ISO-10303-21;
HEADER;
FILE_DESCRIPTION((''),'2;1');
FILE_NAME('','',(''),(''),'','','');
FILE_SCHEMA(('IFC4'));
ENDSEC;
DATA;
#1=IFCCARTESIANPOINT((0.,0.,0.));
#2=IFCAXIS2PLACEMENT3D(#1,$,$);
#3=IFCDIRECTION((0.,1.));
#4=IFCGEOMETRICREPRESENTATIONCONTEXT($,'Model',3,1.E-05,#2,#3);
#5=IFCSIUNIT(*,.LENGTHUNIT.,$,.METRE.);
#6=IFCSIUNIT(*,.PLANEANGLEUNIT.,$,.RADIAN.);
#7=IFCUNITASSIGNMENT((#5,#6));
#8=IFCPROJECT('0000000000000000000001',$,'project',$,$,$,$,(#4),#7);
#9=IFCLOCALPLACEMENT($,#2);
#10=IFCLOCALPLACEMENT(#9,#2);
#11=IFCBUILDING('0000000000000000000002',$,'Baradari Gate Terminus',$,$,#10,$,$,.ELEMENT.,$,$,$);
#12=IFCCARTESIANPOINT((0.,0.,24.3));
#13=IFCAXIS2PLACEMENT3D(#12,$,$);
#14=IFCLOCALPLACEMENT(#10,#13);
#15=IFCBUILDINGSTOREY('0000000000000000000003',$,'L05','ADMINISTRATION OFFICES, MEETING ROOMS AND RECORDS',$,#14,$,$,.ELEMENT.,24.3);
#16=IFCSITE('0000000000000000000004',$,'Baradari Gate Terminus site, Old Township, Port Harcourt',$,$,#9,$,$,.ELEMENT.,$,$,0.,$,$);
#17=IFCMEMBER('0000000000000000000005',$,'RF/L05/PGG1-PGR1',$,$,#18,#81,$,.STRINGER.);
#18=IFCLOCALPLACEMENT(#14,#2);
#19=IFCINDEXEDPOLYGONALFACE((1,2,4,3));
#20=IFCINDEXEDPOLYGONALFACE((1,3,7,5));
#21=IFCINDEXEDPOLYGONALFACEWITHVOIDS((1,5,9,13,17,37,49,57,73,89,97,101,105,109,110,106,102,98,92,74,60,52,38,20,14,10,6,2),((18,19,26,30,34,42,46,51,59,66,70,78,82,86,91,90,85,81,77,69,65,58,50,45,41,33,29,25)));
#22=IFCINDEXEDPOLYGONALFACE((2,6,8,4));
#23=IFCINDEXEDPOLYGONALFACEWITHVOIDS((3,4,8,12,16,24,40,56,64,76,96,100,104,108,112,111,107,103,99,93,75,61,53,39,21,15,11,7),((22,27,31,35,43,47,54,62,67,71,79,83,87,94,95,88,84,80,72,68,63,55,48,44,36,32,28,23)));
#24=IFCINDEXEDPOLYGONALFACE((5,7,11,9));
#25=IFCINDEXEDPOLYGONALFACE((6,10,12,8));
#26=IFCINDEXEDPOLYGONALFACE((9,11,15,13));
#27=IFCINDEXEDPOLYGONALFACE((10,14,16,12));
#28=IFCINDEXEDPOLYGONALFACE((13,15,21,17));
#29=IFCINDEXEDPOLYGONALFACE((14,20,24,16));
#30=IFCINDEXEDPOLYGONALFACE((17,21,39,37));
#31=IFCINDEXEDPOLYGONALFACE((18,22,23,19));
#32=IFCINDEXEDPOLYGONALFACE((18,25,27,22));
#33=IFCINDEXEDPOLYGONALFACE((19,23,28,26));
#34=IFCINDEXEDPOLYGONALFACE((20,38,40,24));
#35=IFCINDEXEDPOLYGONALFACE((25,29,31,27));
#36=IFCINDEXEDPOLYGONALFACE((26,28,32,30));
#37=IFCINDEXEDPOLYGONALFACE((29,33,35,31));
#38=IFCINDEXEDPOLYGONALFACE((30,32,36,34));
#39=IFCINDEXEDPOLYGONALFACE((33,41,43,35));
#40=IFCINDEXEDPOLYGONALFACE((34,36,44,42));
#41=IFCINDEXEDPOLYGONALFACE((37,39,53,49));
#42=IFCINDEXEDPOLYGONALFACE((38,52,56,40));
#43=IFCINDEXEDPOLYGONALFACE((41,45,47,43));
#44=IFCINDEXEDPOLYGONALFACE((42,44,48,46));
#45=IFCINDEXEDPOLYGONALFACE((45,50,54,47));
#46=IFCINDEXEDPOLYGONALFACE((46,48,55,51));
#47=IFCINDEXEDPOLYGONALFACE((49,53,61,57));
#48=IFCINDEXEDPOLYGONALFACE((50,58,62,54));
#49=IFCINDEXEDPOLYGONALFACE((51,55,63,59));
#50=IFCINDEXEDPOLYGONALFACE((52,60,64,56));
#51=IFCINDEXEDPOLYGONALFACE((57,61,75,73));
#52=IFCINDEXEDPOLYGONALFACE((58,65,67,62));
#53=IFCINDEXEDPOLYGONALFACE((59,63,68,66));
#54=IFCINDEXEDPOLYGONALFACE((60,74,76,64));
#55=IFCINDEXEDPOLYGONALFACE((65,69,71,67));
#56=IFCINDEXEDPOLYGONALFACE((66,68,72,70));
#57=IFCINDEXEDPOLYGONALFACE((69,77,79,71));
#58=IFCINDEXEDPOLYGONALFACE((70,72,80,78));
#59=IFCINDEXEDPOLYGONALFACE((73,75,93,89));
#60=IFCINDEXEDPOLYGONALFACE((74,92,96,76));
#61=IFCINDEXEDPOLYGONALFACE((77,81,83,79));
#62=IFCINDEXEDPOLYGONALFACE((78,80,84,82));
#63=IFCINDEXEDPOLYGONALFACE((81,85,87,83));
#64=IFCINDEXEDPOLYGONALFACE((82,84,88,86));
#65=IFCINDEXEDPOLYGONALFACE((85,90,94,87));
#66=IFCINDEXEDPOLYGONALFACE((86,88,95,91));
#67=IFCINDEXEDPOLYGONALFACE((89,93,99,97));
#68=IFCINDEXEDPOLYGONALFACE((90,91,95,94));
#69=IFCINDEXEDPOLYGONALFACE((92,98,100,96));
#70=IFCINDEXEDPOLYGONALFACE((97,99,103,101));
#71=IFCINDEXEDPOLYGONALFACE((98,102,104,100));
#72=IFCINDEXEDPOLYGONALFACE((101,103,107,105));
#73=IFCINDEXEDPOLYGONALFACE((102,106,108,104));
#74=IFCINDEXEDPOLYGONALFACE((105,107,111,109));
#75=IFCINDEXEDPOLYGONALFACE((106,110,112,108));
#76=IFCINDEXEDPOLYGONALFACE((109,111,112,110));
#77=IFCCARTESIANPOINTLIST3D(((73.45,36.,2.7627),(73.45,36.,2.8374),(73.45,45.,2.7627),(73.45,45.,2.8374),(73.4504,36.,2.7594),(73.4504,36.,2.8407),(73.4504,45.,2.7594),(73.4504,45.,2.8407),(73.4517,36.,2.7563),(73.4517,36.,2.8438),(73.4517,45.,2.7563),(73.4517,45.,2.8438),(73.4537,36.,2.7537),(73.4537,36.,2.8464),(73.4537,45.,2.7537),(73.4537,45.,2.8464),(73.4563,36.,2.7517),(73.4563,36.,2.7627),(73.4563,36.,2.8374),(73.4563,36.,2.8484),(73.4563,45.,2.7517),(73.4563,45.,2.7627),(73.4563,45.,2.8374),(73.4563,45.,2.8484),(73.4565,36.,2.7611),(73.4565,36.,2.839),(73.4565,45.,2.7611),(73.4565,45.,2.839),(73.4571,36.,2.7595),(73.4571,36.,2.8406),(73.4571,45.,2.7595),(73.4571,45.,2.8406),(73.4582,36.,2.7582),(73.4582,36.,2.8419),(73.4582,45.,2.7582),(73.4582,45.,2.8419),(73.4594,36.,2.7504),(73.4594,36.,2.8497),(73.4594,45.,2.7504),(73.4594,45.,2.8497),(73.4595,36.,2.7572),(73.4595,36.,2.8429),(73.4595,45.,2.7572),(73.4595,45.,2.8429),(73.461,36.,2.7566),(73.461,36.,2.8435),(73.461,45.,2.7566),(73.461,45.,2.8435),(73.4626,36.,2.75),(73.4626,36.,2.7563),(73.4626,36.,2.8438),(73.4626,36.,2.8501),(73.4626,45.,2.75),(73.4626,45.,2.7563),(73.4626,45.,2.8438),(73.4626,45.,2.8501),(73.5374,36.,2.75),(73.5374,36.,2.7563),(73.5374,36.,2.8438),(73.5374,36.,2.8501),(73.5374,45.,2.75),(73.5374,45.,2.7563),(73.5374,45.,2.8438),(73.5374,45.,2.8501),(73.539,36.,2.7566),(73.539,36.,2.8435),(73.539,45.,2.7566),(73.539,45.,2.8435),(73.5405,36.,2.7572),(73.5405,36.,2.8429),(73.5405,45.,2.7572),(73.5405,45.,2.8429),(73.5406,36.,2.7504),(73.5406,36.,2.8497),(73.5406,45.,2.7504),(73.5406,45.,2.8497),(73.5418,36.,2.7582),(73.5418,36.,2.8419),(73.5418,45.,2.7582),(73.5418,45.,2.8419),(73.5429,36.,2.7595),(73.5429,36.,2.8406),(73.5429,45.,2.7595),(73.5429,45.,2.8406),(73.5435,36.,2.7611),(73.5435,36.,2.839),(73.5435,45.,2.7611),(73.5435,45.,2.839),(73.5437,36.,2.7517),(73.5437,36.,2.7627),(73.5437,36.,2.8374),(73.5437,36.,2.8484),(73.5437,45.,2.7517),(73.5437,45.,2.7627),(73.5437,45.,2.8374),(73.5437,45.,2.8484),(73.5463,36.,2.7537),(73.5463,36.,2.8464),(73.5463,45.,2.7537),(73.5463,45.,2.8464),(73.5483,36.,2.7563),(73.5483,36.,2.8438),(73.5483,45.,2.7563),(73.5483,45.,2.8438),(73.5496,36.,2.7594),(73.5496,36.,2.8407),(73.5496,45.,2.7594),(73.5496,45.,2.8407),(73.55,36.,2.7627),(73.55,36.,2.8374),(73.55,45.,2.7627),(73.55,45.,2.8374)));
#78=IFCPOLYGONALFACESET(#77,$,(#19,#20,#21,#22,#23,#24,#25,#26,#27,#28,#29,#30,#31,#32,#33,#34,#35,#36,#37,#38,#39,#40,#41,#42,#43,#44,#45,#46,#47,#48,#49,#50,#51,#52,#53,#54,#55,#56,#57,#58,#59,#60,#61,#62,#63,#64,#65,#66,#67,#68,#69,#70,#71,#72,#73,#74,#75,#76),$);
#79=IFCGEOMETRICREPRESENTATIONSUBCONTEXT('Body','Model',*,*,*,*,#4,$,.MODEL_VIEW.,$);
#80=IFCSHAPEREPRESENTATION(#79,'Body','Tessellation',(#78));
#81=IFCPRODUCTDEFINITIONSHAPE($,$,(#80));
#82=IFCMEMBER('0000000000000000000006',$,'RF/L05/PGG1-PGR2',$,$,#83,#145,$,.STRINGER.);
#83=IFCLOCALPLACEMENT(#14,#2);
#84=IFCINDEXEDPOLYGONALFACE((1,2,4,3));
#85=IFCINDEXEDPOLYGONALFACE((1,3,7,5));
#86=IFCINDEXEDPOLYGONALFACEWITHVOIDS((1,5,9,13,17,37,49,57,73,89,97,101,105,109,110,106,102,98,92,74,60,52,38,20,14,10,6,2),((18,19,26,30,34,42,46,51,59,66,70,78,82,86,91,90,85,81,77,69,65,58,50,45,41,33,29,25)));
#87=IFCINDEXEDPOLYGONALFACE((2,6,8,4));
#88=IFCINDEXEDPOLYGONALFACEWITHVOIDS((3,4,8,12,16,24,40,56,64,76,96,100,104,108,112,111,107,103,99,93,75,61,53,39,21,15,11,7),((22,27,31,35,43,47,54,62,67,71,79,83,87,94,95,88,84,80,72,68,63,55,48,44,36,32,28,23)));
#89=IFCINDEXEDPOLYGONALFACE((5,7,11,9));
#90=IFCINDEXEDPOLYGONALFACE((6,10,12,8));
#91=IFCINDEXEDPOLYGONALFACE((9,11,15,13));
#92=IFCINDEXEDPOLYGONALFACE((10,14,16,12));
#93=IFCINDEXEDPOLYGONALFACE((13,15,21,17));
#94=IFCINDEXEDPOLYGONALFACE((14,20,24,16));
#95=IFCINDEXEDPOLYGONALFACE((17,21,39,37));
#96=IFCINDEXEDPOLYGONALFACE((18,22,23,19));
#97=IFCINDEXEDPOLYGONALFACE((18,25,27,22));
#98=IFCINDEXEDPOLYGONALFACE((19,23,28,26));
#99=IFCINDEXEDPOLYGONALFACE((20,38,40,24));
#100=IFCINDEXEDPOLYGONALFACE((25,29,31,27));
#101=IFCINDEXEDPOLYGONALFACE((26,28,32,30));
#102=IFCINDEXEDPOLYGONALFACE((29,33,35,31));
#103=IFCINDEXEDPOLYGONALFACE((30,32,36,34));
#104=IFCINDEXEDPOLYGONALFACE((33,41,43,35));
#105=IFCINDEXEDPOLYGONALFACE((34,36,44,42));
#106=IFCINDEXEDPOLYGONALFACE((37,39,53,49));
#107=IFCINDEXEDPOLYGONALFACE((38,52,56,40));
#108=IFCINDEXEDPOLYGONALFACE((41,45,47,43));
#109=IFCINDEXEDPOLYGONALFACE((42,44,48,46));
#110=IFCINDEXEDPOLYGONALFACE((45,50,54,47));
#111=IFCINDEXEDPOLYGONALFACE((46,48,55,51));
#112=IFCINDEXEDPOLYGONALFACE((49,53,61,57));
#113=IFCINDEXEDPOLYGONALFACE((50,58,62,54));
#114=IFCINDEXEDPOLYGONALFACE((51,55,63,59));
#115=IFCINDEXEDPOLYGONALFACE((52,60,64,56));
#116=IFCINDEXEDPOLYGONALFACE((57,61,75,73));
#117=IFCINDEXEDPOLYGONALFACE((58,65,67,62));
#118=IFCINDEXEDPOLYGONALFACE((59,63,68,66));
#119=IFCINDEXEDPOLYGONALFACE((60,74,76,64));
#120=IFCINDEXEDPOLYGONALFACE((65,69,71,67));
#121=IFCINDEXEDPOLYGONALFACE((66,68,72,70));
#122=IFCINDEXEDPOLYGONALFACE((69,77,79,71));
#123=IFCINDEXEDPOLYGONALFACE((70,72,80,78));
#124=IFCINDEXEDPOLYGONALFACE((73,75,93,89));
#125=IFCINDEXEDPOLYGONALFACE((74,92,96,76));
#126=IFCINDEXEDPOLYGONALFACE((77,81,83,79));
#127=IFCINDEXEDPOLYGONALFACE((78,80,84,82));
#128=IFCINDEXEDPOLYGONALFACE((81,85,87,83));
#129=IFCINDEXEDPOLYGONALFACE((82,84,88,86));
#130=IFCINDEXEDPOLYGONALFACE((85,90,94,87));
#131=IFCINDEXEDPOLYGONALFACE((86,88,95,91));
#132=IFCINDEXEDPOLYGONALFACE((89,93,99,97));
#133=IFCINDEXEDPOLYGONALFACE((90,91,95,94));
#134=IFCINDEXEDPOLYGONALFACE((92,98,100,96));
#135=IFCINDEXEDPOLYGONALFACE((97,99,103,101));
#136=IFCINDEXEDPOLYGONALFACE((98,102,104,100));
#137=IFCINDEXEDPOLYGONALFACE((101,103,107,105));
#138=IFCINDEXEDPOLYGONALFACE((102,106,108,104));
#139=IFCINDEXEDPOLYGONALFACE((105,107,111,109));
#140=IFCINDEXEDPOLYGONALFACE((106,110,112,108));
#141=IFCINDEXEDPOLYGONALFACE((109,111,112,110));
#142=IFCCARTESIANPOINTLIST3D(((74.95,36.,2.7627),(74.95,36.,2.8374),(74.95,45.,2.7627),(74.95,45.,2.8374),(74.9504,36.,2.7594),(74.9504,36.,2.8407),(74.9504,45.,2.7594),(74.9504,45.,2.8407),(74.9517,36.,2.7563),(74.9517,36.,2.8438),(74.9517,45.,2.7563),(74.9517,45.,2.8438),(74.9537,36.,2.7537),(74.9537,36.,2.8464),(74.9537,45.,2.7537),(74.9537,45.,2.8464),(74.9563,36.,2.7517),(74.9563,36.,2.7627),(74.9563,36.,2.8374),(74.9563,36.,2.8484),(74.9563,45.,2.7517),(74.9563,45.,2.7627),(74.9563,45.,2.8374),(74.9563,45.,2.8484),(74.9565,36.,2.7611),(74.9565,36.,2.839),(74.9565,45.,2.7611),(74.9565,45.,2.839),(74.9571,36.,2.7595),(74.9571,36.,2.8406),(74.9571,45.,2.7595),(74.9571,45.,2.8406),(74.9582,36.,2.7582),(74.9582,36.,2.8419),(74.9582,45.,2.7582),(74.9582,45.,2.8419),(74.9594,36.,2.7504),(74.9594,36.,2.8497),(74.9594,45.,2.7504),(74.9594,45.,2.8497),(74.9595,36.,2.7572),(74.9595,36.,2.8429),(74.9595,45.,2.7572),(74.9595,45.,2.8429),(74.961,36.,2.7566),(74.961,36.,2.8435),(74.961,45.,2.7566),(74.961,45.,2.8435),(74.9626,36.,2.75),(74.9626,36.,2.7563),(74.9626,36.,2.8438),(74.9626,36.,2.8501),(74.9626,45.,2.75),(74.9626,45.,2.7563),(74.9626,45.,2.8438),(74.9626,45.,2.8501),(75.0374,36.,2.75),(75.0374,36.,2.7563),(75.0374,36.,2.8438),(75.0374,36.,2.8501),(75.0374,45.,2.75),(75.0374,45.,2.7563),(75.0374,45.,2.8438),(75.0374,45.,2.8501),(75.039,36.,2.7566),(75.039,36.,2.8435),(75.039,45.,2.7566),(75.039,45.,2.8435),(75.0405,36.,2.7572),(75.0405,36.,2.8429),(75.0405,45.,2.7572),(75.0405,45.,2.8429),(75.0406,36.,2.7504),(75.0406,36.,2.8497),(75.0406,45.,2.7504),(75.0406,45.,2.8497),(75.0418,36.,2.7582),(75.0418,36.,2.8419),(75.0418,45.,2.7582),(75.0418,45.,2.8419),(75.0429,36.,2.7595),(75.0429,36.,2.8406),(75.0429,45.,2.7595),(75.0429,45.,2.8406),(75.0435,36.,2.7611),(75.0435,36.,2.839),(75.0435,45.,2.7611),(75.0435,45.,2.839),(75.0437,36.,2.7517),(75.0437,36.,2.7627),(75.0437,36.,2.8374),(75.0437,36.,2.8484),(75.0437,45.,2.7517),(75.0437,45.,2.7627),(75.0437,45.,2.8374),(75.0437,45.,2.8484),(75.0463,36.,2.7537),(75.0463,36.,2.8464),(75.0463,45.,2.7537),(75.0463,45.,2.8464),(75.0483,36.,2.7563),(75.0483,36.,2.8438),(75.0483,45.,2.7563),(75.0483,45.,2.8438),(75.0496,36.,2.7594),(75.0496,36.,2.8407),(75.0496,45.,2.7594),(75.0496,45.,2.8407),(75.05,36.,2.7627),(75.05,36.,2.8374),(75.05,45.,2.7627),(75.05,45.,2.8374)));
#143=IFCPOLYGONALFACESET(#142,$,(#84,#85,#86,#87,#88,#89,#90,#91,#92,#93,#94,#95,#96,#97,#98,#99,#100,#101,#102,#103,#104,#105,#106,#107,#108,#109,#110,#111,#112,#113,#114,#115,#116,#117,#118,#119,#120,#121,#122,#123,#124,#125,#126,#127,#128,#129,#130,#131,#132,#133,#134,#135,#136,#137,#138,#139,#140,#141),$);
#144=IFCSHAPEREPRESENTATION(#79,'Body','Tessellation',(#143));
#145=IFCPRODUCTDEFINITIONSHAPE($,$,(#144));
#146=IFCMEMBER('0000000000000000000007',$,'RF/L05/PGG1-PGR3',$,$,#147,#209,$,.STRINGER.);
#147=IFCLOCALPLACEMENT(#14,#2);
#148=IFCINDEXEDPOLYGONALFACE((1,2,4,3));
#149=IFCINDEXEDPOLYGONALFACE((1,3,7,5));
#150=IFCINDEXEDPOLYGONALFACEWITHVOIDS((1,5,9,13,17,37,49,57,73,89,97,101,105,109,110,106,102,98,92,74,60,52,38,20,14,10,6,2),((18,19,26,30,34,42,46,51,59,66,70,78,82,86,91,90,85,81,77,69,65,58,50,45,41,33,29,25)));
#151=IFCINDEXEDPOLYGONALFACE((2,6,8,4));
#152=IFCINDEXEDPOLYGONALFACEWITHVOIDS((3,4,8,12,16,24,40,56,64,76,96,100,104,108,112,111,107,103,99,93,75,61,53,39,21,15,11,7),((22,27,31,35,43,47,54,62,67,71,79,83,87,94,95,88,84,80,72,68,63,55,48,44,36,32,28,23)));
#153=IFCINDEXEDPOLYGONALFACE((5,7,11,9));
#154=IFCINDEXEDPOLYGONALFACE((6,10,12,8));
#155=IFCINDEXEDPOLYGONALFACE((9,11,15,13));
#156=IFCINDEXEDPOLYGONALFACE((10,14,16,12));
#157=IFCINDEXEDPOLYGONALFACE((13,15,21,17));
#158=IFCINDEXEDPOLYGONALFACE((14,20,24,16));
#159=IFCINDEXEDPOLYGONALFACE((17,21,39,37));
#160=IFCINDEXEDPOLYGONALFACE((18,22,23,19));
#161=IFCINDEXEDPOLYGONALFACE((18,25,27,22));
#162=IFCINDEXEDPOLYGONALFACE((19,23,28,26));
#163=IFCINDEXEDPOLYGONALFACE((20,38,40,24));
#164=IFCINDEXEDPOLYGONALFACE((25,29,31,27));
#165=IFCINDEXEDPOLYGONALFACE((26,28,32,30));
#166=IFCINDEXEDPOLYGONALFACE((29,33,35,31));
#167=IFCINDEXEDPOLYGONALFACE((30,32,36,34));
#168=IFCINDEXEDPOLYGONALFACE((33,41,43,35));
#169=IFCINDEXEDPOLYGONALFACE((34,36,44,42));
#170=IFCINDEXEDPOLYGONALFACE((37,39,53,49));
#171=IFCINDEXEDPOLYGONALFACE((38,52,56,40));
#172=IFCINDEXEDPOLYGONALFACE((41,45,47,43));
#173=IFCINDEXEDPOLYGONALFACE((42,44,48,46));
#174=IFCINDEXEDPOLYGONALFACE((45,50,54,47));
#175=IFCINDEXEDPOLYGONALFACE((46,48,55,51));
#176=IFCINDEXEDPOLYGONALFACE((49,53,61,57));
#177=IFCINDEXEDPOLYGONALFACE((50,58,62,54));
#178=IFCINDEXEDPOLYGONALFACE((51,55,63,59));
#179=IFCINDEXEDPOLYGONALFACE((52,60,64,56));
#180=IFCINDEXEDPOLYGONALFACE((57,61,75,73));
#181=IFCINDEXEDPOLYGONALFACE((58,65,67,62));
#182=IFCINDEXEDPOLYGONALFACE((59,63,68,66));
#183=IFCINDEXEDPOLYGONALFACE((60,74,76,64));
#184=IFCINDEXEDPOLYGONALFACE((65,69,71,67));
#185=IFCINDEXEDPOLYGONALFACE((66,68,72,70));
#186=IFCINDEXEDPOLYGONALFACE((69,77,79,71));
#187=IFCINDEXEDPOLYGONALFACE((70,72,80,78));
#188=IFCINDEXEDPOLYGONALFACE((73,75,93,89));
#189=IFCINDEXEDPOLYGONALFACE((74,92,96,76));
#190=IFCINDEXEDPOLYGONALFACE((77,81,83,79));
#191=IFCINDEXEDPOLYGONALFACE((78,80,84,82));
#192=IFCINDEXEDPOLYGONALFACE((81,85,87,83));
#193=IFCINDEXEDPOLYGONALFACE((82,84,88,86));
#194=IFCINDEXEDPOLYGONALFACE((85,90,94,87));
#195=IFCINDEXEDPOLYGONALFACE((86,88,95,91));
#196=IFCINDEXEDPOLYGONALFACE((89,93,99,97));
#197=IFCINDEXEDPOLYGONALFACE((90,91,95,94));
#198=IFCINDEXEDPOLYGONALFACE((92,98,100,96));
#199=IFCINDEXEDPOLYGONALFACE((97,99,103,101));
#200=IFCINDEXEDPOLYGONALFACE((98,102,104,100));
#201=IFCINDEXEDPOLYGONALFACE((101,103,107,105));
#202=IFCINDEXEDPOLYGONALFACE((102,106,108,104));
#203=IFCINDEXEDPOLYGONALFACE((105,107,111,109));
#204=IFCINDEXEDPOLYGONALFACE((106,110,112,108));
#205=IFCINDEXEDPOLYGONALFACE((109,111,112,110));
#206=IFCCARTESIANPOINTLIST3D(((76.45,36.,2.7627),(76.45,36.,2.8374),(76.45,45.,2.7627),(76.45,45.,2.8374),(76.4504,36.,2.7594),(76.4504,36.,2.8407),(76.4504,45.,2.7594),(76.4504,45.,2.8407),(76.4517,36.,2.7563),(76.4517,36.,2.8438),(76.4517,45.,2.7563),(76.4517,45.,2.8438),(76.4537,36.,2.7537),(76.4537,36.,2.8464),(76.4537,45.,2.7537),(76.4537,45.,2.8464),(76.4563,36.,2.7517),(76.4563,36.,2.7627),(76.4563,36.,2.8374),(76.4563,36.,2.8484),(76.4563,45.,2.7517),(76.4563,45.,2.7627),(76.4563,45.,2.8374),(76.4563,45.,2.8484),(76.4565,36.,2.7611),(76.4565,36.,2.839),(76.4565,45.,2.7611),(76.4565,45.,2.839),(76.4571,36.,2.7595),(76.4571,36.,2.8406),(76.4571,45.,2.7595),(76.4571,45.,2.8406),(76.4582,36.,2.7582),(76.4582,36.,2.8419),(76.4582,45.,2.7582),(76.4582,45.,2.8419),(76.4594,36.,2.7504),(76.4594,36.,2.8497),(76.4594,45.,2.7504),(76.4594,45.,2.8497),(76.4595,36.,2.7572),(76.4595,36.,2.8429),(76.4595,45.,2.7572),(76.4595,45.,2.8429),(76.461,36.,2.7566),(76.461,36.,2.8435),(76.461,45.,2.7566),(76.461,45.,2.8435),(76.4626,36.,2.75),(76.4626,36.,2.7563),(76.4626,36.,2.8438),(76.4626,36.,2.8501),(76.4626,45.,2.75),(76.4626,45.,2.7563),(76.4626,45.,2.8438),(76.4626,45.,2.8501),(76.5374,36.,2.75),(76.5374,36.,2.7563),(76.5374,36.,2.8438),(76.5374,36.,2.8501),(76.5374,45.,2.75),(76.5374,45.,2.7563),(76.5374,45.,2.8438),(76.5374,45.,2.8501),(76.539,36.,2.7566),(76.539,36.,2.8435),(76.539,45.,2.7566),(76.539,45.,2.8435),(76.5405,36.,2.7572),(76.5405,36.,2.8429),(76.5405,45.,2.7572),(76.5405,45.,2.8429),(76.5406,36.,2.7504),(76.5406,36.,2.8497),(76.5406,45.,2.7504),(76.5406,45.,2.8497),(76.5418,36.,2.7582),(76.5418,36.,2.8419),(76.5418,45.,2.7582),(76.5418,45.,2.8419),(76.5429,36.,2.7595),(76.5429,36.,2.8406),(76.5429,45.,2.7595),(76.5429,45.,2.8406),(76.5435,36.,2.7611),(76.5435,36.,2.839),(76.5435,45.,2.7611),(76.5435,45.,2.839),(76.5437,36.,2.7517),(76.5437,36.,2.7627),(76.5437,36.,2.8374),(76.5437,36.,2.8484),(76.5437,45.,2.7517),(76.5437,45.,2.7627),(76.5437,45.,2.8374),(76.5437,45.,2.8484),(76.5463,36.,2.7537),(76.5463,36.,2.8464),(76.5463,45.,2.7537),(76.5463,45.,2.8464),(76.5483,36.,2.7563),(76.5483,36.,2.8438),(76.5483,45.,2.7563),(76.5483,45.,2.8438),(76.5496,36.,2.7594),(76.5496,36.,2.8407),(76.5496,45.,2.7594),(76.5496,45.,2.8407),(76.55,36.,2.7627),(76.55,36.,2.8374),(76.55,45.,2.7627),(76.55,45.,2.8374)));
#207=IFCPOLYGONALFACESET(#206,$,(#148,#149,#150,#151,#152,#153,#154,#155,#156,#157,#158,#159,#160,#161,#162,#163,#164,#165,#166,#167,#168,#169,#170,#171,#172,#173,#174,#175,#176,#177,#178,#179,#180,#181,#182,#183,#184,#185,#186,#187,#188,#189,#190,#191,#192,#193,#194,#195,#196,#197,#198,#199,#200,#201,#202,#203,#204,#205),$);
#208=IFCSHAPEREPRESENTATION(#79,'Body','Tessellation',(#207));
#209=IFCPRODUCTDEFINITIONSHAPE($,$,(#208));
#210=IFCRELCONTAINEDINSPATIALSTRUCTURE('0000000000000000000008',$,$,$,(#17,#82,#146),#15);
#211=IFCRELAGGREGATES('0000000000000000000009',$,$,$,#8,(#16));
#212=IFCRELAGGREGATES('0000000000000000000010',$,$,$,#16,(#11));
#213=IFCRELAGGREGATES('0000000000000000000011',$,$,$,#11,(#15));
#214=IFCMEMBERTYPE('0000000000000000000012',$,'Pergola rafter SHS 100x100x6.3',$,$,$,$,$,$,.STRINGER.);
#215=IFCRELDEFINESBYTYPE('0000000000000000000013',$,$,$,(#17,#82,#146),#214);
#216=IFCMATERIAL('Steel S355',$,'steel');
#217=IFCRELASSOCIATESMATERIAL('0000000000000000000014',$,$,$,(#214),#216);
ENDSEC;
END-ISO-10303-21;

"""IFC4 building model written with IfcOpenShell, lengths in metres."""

from ifc_helpers import new_model, si_unit, direction, frame, origin, origin_2d, place, context, subcontext, project, spatial, hollow_rectangle, extrude, material, material_profile, profile_set, type_object, element, save


model = new_model("IFC4")

# Units and contexts
model_context = context("Model", 3, precision=1e-05, world=origin(), true_north=direction((0.0, 1.0)))
body_context = subcontext(model_context, "Body", "Model", "MODEL_VIEW")
ifc_project = project(units=[si_unit("LENGTHUNIT", "METRE"), si_unit("PLANEANGLEUNIT", "RADIAN")], contexts=[model_context])

# Site, building, storey
site_placement = place(None, origin())
site = spatial("IfcSite", under=ifc_project, at=site_placement, Name="Baradari Gate Terminus site, Old Township, Port Harcourt", CompositionType="ELEMENT", RefElevation=0.0)
building_placement = place(site_placement, origin())
building = spatial("IfcBuilding", under=site, at=building_placement, Name="Baradari Gate Terminus", CompositionType="ELEMENT")
storey_placement = place(building_placement, frame((0.0, 0.0, 24.3)))
storey = spatial("IfcBuildingStorey", under=building, at=storey_placement, Name="L05", Description="ADMINISTRATION OFFICES, MEETING ROOMS AND RECORDS", CompositionType="ELEMENT", Elevation=24.3)

# Members
ifc_material_1 = material(Name="Steel S355", Category="steel")
ifc_material_profile = material_profile(ifc_material_1, hollow_rectangle(XDim=0.1001, YDim=0.1001, WallThickness=0.0063, InnerFilletRadius=0.0063, OuterFilletRadius=0.0127, at=origin_2d()), Name="SHS 100x100x6.3")
ifc_profile_set = profile_set([ifc_material_profile], Name="Steel S355")
member_type = type_object("IfcMemberType", Name="Pergola rafter SHS 100x100x6.3", PredefinedType="STRINGER", material=ifc_profile_set)
for number, where, z_axis, x_axis, name in (
    (1, (73.5, 36.0, 2.8), (0.0, 1.0, 0.0), (-1.0, 0.0, 0.0), "RF/L05/PGG1-PGR1"),
    (2, (75.0, 36.0, 2.8), (0.0, 1.0, 0.0), (-1.0, 0.0, 0.0), "RF/L05/PGG1-PGR2"),
    (3, (76.5, 36.0, 2.8), (0.0, 1.0, 0.0), (-1.0, 0.0, 0.0), "RF/L05/PGG1-PGR3"),
):
    element("IfcMember", number, at=place(storey_placement, frame(where, z_axis=z_axis, x_axis=x_axis)), inside=storey, type_object=member_type, Name=name, PredefinedType="STRINGER", context=body_context, shape_type="SweptSolid", body=[
        extrude(hollow_rectangle(XDim=0.1001, YDim=0.1001, WallThickness=0.0063, InnerFilletRadius=0.0063, OuterFilletRadius=0.0127, at=origin_2d()), origin(), (0.0, 0.0, 1.0), 9.0),
    ])

save(model, "model.ifc")
